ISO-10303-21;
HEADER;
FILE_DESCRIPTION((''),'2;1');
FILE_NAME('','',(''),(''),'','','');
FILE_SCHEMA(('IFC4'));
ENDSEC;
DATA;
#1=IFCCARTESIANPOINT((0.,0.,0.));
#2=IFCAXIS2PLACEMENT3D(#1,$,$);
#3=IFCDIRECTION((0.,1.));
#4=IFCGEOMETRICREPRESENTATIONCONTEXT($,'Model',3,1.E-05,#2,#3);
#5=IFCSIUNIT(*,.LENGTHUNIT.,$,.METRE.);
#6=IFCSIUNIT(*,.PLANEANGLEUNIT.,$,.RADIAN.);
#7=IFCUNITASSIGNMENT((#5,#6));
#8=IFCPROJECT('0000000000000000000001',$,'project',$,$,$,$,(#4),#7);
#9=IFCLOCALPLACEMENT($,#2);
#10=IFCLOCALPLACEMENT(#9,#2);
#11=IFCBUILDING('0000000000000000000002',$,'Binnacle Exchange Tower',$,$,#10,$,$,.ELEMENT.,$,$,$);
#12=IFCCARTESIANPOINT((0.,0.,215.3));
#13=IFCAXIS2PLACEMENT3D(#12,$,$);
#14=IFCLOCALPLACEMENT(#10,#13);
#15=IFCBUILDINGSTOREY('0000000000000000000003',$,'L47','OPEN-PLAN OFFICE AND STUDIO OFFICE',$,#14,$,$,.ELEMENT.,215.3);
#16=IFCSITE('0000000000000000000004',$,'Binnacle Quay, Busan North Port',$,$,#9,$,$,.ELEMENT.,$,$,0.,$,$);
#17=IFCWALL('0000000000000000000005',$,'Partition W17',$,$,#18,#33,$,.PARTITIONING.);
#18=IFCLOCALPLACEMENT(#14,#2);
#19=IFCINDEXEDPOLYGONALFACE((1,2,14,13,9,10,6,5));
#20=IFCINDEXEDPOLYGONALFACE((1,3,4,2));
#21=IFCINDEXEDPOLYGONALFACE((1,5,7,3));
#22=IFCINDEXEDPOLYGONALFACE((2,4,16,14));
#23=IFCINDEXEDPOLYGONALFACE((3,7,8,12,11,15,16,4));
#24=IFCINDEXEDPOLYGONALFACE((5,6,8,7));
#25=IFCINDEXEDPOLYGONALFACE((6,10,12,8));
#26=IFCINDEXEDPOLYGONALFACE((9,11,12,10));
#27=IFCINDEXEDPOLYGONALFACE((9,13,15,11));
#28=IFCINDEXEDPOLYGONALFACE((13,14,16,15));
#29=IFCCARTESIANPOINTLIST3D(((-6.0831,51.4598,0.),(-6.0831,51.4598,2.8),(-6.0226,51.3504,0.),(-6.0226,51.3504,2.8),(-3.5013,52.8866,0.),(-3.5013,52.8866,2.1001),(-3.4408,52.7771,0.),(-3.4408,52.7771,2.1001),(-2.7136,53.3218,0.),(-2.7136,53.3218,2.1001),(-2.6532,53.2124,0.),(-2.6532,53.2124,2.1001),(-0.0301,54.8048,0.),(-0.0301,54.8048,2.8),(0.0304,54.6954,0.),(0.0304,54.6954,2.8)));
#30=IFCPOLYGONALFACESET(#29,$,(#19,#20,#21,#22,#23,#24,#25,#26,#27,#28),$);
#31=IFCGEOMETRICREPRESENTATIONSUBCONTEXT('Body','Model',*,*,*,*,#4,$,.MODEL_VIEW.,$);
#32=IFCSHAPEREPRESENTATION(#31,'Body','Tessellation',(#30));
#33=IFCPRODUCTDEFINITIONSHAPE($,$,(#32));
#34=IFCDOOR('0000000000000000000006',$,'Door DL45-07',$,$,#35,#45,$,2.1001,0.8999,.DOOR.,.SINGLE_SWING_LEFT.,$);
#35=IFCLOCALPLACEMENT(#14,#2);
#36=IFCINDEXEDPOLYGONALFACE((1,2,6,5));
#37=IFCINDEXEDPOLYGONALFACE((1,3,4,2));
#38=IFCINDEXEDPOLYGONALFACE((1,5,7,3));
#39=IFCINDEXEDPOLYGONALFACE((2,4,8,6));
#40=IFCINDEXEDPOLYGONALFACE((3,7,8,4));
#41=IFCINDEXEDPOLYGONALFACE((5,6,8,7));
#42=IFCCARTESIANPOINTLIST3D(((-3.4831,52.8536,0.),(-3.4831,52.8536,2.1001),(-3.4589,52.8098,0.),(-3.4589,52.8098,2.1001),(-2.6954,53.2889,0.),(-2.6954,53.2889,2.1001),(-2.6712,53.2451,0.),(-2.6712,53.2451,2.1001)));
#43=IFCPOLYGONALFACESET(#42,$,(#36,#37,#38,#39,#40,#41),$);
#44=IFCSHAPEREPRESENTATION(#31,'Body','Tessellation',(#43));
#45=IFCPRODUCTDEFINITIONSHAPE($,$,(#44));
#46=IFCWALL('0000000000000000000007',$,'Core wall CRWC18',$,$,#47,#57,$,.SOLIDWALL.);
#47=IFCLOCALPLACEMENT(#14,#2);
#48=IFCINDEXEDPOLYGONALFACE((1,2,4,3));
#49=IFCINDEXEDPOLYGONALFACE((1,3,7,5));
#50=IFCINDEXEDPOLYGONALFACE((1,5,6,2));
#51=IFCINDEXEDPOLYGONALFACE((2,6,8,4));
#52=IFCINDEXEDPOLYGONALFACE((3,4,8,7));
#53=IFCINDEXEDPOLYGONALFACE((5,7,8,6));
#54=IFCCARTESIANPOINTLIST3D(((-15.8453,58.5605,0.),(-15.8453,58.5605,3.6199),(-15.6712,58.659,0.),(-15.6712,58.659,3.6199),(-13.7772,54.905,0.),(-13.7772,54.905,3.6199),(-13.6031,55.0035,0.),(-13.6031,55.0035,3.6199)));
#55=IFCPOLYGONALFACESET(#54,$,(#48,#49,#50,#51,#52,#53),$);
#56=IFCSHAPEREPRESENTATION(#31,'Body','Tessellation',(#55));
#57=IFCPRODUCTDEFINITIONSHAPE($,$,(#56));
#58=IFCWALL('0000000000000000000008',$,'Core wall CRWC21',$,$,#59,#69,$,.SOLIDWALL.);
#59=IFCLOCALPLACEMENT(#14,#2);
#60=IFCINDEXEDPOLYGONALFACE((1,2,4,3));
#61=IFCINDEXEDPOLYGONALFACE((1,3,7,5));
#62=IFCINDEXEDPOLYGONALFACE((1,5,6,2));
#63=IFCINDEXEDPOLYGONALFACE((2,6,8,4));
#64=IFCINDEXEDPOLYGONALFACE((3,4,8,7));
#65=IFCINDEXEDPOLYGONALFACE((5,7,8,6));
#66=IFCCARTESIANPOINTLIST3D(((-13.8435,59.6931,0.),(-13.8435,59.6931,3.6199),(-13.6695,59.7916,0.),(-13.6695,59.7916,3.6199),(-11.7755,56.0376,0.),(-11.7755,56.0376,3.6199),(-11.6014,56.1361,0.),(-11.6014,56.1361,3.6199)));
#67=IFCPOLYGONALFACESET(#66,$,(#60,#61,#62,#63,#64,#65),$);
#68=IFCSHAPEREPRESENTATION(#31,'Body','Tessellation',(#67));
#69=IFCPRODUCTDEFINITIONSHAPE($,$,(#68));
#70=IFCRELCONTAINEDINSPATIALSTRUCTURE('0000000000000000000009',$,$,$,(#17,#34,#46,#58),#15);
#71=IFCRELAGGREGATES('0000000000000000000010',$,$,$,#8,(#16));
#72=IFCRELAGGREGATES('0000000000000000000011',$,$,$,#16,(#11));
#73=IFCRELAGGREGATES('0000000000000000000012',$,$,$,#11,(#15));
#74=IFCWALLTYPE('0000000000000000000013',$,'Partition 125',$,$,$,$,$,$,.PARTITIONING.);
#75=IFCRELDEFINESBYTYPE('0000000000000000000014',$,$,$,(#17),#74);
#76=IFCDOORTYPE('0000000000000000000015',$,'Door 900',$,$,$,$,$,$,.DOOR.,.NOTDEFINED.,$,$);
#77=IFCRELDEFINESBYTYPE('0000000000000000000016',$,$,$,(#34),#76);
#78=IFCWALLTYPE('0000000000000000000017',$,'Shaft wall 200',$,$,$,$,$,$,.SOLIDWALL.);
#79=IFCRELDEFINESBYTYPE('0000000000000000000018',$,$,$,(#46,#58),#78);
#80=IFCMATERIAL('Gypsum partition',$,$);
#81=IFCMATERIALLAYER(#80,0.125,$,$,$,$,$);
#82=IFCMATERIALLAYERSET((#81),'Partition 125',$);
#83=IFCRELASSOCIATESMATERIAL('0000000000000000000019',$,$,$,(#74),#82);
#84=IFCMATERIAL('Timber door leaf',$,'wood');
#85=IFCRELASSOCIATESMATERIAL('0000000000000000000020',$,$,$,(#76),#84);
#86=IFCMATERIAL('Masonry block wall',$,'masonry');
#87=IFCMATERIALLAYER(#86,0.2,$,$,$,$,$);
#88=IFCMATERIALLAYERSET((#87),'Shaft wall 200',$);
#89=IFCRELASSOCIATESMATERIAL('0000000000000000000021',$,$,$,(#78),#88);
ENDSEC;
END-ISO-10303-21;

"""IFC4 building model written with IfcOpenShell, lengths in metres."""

from ifc_helpers import new_model, si_unit, direction, frame, frame_2d, origin, place, context, subcontext, project, spatial, rectangle, extrude, material, layer, layer_set, type_object, element, fill, save


model = new_model("IFC4")

# Units and contexts
model_context = context("Model", 3, precision=1e-05, world=origin(), true_north=direction((0.0, 1.0)))
body_context = subcontext(model_context, "Body", "Model", "MODEL_VIEW")
ifc_project = project(units=[si_unit("LENGTHUNIT", "METRE"), si_unit("PLANEANGLEUNIT", "RADIAN")], contexts=[model_context])

# Site, building, storey
site_placement = place(None, origin())
site = spatial("IfcSite", under=ifc_project, at=site_placement, Name="Binnacle Quay, Busan North Port", CompositionType="ELEMENT", RefElevation=0.0)
building_placement = place(site_placement, origin())
building = spatial("IfcBuilding", under=site, at=building_placement, Name="Binnacle Exchange Tower", CompositionType="ELEMENT")
storey_placement = place(building_placement, frame((0.0, 0.0, 215.3)))
storey = spatial("IfcBuildingStorey", under=building, at=storey_placement, Name="L47", Description="OPEN-PLAN OFFICE AND STUDIO OFFICE", CompositionType="ELEMENT", Elevation=215.3)

# Wall, opening, door
ifc_material_1 = material(Name="Gypsum partition")
ifc_layer_1 = layer(ifc_material_1, 0.125)
ifc_layer_set_1 = layer_set([ifc_layer_1], Name="Partition 125")
wall_type_1 = type_object("IfcWallType", Name="Partition 125", PredefinedType="PARTITIONING", material=ifc_layer_set_1)
wall_1_placement = place(storey_placement, frame((-6.053, 51.405, 0.0), z_axis=(0.0, 0.0, 1.0), x_axis=(0.875247, 0.483675, 0.0)))
wall_1 = element("IfcWall", 1, at=wall_1_placement, inside=storey, type_object=wall_type_1, Name="Partition W17", PredefinedType="PARTITIONING", context=body_context, shape_type="SweptSolid", body=[
    extrude(rectangle(XDim=6.9158, YDim=0.125, at=frame_2d((3.458, 0.0))), origin(), (0.0, 0.0, 1.0), 2.8),
])
opening_1_placement = place(wall_1_placement, frame((2.95, 0.0, 0.0)))
opening_1 = element("IfcOpeningElement", 2, at=opening_1_placement, cuts=wall_1, PredefinedType="OPENING", context=body_context, shape_type="SweptSolid", body=[
    extrude(rectangle(XDim=0.8999, YDim=2.1001, at=frame_2d((0.45, 1.05))), frame((0.0, 0.0725, 0.0), z_axis=(0.0, -1.0, 0.0), x_axis=(1.0, 0.0, 0.0)), (0.0, 0.0, 1.0), 0.145),
])
ifc_material_2 = material(Name="Timber door leaf", Category="wood")
door_type_1 = type_object("IfcDoorType", Name="Door 900", OperationType="NOTDEFINED", PredefinedType="DOOR", material=ifc_material_2)
door_1_placement = place(opening_1_placement, origin())
door_1 = element("IfcDoor", 3, at=door_1_placement, inside=storey, type_object=door_type_1, Name="Door DL45-07", OperationType="SINGLE_SWING_LEFT", OverallHeight=2.1001, OverallWidth=0.8999, PredefinedType="DOOR", context=body_context, shape_type="SweptSolid", body=[
    extrude(rectangle(XDim=0.8999, YDim=2.1001, at=frame_2d((0.45, 1.05))), frame((0.0, 0.0249, 0.0), z_axis=(0.0, -1.0, 0.0), x_axis=(1.0, 0.0, 0.0)), (0.0, 0.0, 1.0), 0.05),
])
fill(opening_1, door_1)

# Walls
ifc_material_3 = material(Name="Masonry block wall", Category="masonry")
ifc_layer_2 = layer(ifc_material_3, 0.2)
ifc_layer_set_2 = layer_set([ifc_layer_2], Name="Shaft wall 200")
wall_type_2 = type_object("IfcWallType", Name="Shaft wall 200", PredefinedType="SOLIDWALL", material=ifc_layer_set_2)
for number, where, z_axis, x_axis, name in (
    (4, (-15.7583, 58.6099, 0.0), (0.0, 0.0, 1.0), (0.49241, -0.870364, 0.0), "Core wall CRWC18"),
    (5, (-13.7566, 59.7424, 0.0), (0.0, 0.0, 1.0), (0.49241, -0.870364, 0.0), "Core wall CRWC21"),
):
    element("IfcWall", number, at=place(storey_placement, frame(where, z_axis=z_axis, x_axis=x_axis)), inside=storey, type_object=wall_type_2, Name=name, PredefinedType="SOLIDWALL", context=body_context, shape_type="SweptSolid", body=[
        extrude(rectangle(XDim=4.2, YDim=0.2, at=frame_2d((2.1001, 0.0))), origin(), (0.0, 0.0, 1.0), 3.6199),
    ])

save(model, "model.ifc")
